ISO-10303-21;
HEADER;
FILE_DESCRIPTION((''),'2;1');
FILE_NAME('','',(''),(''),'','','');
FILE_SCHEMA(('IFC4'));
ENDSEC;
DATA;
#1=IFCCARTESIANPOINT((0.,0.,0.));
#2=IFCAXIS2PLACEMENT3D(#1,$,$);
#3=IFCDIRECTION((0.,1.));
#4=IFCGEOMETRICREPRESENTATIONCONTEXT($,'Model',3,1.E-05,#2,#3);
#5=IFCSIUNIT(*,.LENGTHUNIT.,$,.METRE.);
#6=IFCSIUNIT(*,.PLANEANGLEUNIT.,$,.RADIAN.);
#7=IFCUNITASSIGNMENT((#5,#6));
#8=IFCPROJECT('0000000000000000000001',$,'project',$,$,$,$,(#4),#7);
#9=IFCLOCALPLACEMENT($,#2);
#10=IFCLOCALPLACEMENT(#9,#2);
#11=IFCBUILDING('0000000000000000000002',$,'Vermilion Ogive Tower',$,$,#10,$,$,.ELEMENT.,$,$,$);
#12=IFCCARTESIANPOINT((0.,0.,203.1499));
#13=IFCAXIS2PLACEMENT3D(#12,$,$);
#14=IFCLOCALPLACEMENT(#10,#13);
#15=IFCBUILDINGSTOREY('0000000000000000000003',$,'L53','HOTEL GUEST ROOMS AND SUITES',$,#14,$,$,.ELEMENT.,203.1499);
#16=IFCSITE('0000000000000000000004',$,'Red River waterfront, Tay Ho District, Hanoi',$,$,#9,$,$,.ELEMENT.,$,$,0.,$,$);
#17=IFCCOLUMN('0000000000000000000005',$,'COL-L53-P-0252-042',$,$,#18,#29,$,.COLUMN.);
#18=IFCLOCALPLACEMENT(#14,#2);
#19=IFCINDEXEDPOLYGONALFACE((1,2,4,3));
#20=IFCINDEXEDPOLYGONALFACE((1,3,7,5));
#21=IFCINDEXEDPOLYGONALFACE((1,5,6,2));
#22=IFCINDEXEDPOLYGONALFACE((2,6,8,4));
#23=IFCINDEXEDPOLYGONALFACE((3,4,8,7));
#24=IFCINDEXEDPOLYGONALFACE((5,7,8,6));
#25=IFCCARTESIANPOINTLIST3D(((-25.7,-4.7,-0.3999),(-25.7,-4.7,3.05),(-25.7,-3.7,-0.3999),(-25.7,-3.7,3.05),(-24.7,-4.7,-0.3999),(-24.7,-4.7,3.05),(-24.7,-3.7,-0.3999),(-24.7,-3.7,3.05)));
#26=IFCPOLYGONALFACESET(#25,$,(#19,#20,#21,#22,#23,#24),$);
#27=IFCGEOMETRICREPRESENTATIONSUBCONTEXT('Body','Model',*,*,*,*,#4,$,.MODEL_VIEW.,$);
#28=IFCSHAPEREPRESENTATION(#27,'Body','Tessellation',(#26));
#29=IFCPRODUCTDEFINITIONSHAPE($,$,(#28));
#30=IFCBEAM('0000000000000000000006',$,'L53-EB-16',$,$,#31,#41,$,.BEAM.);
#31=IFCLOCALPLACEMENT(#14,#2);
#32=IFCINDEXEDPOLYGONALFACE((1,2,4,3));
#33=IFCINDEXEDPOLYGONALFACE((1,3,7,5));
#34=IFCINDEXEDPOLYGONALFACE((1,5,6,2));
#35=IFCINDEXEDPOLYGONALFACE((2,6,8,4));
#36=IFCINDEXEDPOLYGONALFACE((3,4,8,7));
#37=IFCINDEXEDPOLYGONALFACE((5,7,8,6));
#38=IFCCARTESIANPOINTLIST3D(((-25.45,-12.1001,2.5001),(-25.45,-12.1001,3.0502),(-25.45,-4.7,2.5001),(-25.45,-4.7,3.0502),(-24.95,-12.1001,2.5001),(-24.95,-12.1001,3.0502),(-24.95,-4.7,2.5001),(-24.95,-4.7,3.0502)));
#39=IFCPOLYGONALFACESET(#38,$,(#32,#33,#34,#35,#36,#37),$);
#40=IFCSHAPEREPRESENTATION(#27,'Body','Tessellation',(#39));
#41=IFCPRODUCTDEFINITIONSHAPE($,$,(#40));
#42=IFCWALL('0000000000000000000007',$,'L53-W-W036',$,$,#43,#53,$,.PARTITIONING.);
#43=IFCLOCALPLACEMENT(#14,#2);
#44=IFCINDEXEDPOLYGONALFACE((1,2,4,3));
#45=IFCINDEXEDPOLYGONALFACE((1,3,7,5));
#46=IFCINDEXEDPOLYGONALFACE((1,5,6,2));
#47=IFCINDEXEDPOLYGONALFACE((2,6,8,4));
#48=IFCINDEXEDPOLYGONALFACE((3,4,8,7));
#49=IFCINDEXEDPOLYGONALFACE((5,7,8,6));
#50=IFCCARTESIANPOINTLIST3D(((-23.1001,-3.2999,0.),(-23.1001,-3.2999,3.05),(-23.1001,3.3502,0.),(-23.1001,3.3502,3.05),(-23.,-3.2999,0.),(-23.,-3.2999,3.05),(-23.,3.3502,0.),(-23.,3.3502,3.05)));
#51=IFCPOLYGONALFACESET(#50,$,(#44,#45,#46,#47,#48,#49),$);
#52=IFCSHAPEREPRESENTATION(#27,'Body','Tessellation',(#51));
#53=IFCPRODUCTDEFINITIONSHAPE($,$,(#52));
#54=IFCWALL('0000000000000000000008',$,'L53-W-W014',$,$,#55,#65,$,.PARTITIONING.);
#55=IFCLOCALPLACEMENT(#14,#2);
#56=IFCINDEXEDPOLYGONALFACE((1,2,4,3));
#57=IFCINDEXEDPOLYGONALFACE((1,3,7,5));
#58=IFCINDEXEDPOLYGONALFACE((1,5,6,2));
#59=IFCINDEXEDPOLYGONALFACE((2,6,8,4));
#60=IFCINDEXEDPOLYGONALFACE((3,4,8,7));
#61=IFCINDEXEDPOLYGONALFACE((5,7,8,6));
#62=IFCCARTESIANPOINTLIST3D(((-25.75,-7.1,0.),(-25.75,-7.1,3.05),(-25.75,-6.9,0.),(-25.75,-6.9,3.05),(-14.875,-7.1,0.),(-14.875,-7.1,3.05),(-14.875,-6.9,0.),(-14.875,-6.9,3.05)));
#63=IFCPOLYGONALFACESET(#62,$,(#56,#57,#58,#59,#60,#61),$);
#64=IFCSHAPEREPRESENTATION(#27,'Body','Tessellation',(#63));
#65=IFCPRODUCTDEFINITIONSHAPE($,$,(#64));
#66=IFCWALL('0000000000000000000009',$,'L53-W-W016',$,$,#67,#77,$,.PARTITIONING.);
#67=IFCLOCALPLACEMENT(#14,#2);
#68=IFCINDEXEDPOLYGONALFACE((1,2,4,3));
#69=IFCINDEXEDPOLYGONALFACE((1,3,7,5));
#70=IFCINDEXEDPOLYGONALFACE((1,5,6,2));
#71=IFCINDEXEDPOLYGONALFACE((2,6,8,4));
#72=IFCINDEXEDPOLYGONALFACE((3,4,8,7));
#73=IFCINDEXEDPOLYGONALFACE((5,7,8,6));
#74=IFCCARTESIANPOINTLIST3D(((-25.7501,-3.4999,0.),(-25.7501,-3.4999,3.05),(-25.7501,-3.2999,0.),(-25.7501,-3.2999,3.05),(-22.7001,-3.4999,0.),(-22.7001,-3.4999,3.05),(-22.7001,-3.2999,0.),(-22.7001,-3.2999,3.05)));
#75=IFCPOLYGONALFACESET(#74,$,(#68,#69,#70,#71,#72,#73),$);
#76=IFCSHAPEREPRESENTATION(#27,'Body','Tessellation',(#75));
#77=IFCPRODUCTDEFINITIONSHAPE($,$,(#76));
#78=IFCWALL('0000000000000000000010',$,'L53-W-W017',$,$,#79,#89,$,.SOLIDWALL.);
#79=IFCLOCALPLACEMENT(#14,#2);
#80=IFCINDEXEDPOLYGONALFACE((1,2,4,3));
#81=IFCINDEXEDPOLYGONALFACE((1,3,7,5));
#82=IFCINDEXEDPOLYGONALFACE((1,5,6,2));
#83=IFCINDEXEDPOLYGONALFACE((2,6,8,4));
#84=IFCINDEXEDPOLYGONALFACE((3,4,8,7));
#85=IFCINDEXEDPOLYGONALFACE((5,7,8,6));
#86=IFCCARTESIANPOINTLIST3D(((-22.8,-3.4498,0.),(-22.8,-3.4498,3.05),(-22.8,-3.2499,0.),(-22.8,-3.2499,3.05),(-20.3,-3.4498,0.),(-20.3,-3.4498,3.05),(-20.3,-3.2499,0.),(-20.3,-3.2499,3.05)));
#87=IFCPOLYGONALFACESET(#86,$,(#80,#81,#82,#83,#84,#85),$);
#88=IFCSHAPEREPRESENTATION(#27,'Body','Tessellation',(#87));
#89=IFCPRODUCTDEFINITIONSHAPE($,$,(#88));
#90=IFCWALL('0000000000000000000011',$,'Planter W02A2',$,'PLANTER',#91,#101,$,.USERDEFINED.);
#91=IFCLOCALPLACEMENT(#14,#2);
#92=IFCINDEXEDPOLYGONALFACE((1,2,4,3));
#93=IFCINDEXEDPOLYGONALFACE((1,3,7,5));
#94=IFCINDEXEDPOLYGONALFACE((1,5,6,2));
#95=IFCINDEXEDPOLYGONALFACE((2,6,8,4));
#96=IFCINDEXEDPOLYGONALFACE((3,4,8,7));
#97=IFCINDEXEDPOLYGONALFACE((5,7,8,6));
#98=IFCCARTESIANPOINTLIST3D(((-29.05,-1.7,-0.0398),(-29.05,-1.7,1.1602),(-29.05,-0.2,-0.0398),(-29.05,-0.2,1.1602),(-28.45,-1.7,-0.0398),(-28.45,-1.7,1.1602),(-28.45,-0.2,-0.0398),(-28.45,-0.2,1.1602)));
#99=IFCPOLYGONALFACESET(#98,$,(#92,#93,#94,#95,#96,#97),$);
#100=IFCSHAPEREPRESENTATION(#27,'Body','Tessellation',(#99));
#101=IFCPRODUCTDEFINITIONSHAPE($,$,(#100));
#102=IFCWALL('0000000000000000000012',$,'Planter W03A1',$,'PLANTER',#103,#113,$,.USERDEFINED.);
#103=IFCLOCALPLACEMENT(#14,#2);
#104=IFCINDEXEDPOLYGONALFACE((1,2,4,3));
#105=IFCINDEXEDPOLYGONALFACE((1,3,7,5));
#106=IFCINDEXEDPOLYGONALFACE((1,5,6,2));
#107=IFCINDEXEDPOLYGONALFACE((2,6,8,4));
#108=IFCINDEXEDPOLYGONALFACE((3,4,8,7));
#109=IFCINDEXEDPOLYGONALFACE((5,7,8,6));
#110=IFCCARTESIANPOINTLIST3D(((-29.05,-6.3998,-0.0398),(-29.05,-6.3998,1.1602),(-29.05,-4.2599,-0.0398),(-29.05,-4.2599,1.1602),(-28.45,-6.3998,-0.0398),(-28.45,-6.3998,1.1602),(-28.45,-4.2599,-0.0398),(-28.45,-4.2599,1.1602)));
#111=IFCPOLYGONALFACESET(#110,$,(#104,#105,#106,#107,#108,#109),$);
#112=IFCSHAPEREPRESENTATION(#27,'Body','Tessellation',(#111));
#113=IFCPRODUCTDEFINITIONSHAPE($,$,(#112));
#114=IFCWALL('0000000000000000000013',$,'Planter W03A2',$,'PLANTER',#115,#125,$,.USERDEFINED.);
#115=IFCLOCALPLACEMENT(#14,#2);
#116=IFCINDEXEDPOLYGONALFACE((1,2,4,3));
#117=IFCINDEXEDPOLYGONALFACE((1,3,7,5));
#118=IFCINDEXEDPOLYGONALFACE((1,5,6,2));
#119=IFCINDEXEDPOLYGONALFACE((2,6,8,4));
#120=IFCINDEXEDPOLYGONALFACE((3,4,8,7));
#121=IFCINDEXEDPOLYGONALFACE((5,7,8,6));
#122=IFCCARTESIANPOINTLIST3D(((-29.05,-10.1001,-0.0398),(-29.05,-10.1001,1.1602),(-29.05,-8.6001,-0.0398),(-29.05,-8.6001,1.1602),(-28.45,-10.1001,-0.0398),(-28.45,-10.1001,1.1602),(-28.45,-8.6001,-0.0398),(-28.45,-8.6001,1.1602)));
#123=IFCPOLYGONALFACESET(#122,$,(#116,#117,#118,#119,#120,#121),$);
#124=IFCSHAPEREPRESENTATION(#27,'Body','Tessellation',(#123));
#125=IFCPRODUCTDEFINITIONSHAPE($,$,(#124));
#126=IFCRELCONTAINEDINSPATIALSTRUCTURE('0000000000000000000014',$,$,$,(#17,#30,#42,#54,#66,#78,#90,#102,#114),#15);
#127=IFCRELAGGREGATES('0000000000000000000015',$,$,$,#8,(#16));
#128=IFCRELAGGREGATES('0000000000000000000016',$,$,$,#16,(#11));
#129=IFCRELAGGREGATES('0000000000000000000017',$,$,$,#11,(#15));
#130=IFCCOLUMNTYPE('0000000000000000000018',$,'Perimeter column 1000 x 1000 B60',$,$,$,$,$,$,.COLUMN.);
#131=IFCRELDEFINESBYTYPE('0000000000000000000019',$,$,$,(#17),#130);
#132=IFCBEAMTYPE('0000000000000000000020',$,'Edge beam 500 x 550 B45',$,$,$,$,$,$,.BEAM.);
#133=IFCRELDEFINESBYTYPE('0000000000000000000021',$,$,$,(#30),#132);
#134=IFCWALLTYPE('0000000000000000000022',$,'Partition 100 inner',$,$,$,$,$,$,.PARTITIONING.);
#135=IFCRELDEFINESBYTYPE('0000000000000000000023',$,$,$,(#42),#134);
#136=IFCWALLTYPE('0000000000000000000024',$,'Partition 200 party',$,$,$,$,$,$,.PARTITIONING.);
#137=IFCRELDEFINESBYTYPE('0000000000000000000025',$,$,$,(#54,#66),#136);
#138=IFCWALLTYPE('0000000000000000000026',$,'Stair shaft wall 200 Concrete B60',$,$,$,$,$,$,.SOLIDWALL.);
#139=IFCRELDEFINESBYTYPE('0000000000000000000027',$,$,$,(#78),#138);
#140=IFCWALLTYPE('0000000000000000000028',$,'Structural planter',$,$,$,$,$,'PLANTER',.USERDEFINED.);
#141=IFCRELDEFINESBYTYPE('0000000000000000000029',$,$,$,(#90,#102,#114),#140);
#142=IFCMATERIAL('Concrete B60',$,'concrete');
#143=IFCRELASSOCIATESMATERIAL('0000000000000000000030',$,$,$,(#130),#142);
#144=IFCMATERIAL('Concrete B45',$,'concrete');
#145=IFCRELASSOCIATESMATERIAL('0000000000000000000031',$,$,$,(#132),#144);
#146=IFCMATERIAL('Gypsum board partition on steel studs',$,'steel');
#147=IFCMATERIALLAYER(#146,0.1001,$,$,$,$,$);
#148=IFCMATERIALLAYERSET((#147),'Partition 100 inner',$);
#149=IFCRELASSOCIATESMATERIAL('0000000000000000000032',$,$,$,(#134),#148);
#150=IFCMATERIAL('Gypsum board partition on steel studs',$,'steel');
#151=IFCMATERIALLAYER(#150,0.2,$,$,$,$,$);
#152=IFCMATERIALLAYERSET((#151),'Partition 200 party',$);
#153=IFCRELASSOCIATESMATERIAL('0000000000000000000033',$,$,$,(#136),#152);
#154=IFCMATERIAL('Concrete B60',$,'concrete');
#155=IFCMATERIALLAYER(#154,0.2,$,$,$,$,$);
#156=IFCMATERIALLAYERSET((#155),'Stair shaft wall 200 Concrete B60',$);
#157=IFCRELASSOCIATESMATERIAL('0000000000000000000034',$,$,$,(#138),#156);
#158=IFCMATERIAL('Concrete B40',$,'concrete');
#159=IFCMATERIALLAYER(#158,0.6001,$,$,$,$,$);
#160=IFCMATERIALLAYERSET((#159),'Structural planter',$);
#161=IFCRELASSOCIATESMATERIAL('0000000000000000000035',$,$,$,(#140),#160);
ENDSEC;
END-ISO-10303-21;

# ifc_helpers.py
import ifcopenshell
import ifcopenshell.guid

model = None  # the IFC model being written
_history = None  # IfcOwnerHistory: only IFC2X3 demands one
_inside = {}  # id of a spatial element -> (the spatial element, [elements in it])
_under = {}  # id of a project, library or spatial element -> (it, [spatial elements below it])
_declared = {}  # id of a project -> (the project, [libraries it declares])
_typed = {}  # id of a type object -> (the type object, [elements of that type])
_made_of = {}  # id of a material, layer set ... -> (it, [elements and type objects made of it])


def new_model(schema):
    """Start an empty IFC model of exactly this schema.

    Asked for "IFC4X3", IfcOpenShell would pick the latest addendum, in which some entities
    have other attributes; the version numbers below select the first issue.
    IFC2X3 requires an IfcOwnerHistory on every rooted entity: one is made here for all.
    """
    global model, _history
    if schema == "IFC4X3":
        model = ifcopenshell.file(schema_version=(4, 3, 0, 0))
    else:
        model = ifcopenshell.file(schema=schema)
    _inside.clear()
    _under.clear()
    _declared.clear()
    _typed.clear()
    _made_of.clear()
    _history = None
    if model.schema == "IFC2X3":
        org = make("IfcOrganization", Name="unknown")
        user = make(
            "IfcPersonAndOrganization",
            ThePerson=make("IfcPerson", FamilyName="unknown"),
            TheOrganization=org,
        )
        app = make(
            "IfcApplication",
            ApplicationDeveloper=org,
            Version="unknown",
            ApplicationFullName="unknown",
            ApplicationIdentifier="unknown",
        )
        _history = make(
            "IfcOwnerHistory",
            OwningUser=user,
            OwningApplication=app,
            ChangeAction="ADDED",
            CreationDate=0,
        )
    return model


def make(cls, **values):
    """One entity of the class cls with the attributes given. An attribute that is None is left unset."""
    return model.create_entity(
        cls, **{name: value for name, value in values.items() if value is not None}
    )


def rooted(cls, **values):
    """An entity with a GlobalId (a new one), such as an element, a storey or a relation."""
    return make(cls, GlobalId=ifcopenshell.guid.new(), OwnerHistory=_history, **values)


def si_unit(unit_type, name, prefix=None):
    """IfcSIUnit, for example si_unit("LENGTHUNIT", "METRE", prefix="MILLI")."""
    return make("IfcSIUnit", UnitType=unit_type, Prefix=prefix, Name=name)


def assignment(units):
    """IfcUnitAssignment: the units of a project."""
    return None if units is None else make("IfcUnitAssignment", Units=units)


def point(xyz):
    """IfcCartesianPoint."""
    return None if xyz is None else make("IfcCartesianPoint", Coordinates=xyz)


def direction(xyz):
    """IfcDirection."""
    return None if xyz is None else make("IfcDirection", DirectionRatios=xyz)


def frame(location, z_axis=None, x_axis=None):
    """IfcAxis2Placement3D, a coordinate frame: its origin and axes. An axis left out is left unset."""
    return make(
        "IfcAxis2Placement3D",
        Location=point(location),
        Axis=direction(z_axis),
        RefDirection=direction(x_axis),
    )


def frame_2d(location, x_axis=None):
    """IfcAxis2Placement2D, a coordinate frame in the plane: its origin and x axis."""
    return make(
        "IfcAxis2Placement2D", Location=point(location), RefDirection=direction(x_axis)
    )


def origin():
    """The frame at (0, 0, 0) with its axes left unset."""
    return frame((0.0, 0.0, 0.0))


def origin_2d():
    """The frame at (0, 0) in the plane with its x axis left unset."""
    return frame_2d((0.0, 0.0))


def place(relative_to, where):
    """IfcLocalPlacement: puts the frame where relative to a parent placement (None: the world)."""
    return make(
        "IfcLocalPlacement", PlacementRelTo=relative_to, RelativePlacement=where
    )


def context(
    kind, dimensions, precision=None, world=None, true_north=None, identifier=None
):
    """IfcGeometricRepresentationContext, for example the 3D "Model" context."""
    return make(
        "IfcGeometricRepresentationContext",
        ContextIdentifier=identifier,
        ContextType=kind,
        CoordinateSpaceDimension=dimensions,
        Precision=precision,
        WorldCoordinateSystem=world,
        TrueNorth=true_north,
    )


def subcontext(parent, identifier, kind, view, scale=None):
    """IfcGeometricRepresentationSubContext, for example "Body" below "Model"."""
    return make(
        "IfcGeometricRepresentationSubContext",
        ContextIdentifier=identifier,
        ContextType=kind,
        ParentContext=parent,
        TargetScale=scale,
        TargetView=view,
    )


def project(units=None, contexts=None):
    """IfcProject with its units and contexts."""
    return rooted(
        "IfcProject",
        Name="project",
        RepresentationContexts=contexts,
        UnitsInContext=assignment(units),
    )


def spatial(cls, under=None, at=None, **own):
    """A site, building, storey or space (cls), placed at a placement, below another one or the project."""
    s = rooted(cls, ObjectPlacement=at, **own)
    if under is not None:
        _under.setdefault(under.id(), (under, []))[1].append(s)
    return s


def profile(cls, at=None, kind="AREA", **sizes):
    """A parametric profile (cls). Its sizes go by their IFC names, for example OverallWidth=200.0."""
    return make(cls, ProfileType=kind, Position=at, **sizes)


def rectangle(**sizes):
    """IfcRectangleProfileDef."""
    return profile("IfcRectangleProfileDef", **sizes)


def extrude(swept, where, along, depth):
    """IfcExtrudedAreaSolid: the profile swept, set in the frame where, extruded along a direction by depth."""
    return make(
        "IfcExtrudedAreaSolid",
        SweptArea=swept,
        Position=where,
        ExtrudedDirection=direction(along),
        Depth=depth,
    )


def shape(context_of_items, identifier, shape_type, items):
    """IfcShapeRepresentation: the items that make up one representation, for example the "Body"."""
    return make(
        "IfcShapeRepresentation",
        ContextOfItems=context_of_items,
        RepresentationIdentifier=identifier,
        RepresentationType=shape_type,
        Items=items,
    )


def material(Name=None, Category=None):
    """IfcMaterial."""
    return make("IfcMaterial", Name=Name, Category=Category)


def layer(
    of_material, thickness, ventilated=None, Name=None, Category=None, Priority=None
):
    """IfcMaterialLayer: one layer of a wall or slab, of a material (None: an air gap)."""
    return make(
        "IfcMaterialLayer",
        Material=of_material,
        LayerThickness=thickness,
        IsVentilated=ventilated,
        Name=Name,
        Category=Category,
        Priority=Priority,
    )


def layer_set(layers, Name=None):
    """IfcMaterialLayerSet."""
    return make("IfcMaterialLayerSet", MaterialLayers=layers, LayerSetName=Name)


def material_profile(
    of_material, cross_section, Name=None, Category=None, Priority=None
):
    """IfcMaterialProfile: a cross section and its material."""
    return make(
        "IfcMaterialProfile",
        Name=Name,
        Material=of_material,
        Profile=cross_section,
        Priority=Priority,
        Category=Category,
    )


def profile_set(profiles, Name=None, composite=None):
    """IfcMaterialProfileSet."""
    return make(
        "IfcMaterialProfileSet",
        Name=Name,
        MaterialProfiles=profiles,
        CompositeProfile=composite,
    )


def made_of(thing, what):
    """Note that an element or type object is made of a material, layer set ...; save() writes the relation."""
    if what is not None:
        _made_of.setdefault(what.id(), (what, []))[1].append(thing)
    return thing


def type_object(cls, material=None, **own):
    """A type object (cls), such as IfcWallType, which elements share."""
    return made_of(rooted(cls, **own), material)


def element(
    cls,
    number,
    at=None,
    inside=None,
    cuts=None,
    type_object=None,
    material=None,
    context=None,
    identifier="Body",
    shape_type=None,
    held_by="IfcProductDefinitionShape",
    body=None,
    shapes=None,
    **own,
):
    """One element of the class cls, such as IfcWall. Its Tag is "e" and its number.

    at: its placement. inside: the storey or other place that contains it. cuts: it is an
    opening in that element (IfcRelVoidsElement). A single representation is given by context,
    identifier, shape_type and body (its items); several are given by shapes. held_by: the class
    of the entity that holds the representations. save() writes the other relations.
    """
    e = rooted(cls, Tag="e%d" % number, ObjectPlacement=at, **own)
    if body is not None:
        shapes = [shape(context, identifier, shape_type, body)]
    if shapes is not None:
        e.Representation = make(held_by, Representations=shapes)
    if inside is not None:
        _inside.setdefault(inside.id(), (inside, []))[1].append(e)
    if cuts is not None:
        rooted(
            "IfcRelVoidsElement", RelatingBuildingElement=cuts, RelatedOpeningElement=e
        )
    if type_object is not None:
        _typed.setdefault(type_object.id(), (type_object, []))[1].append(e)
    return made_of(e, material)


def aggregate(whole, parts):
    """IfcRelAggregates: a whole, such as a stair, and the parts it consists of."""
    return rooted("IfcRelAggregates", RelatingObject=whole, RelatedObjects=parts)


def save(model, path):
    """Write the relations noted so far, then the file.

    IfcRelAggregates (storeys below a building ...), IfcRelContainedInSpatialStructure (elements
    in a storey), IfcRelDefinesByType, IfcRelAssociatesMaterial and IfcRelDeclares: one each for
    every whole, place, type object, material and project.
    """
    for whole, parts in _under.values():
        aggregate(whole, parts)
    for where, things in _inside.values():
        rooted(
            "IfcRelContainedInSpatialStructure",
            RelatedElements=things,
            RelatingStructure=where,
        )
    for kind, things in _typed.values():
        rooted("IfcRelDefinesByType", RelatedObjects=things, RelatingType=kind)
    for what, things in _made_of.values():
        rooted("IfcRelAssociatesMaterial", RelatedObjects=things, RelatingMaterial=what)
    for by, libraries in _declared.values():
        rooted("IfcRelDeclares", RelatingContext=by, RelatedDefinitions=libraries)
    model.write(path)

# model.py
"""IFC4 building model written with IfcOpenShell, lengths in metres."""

from ifc_helpers import new_model, si_unit, direction, frame, frame_2d, origin, origin_2d, place, context, subcontext, project, spatial, rectangle, extrude, material, layer, layer_set, material_profile, profile_set, type_object, element, save


model = new_model("IFC4")

# Units and contexts
model_context = context("Model", 3, precision=1e-05, world=origin(), true_north=direction((0.0, 1.0)))
body_context = subcontext(model_context, "Body", "Model", "MODEL_VIEW")
ifc_project = project(units=[si_unit("LENGTHUNIT", "METRE"), si_unit("PLANEANGLEUNIT", "RADIAN")], contexts=[model_context])

# Site, building, storey
site_placement = place(None, origin())
site = spatial("IfcSite", under=ifc_project, at=site_placement, Name="Red River waterfront, Tay Ho District, Hanoi", CompositionType="ELEMENT", RefElevation=0.0)
building_placement = place(site_placement, origin())
building = spatial("IfcBuilding", under=site, at=building_placement, Name="Vermilion Ogive Tower", CompositionType="ELEMENT")
storey_placement = place(building_placement, frame((0.0, 0.0, 203.1499)))
storey = spatial("IfcBuildingStorey", under=building, at=storey_placement, Name="L53", Description="HOTEL GUEST ROOMS AND SUITES", CompositionType="ELEMENT", Elevation=203.1499)

# Column
ifc_material_1 = material(Name="Concrete B60", Category="concrete")
ifc_material_profile_1 = material_profile(ifc_material_1, rectangle(XDim=1.0, YDim=1.0, at=origin_2d()), Name="1000 x 1000")
ifc_profile_set_1 = profile_set([ifc_material_profile_1], Name="Concrete B60")
column_type = type_object("IfcColumnType", Name="Perimeter column 1000 x 1000 B60", PredefinedType="COLUMN", material=ifc_profile_set_1)
column_placement = place(storey_placement, frame((-25.2, -4.2, -0.3999), z_axis=(0.0, 0.0, 1.0), x_axis=(1.0, 0.0, 0.0)))
element("IfcColumn", 1, at=column_placement, inside=storey, type_object=column_type, Name="COL-L53-P-0252-042", PredefinedType="COLUMN", context=body_context, shape_type="SweptSolid", body=[
    extrude(rectangle(XDim=1.0, YDim=1.0, at=origin_2d()), origin(), (0.0, 0.0, 1.0), 3.45),
])

# Beam
ifc_material_2 = material(Name="Concrete B45", Category="concrete")
ifc_material_profile_2 = material_profile(ifc_material_2, rectangle(XDim=0.5, YDim=0.55, at=origin_2d()), Name="500 x 550")
ifc_profile_set_2 = profile_set([ifc_material_profile_2], Name="Concrete B45")
beam_type = type_object("IfcBeamType", Name="Edge beam 500 x 550 B45", PredefinedType="BEAM", material=ifc_profile_set_2)
beam_placement = place(storey_placement, frame((-25.2, -4.7, 2.7751), z_axis=(0.0, -1.0, 0.0), x_axis=(1.0, 0.0, 0.0)))
element("IfcBeam", 2, at=beam_placement, inside=storey, type_object=beam_type, Name="L53-EB-16", PredefinedType="BEAM", context=body_context, shape_type="SweptSolid", body=[
    extrude(rectangle(XDim=0.5, YDim=0.55, at=origin_2d()), origin(), (0.0, 0.0, 1.0), 7.4001),
])

# Walls
ifc_material_3 = material(Name="Gypsum board partition on steel studs", Category="steel")
ifc_layer_1 = layer(ifc_material_3, 0.1001)
ifc_layer_set_1 = layer_set([ifc_layer_1], Name="Partition 100 inner")
wall_type_1 = type_object("IfcWallType", Name="Partition 100 inner", PredefinedType="PARTITIONING", material=ifc_layer_set_1)
wall_1_placement = place(storey_placement, frame((-23.05, -3.3, 0.0), z_axis=(0.0, 0.0, 1.0), x_axis=(0.0, 1.0, 0.0)))
element("IfcWall", 3, at=wall_1_placement, inside=storey, type_object=wall_type_1, Name="L53-W-W036", PredefinedType="PARTITIONING", context=body_context, shape_type="SweptSolid", body=[
    extrude(rectangle(XDim=6.6501, YDim=0.1001, at=frame_2d((3.3252, 0.0))), origin(), (0.0, 0.0, 1.0), 3.05),
])
ifc_material_4 = material(Name="Gypsum board partition on steel studs", Category="steel")
ifc_layer_2 = layer(ifc_material_4, 0.2)
ifc_layer_set_2 = layer_set([ifc_layer_2], Name="Partition 200 party")
wall_type_2 = type_object("IfcWallType", Name="Partition 200 party", PredefinedType="PARTITIONING", material=ifc_layer_set_2)
wall_2_placement = place(storey_placement, frame((-25.75, -7.0, 0.0), z_axis=(0.0, 0.0, 1.0), x_axis=(1.0, 0.0, 0.0)))
element("IfcWall", 4, at=wall_2_placement, inside=storey, type_object=wall_type_2, Name="L53-W-W014", PredefinedType="PARTITIONING", context=body_context, shape_type="SweptSolid", body=[
    extrude(rectangle(XDim=10.875, YDim=0.2, at=frame_2d((5.4375, 0.0))), origin(), (0.0, 0.0, 1.0), 3.05),
])
wall_3_placement = place(storey_placement, frame((-25.75, -3.3999, 0.0), z_axis=(0.0, 0.0, 1.0), x_axis=(1.0, 0.0, 0.0)))
element("IfcWall", 5, at=wall_3_placement, inside=storey, type_object=wall_type_2, Name="L53-W-W016", PredefinedType="PARTITIONING", context=body_context, shape_type="SweptSolid", body=[
    extrude(rectangle(XDim=3.05, YDim=0.2, at=frame_2d((1.5249, 0.0))), origin(), (0.0, 0.0, 1.0), 3.05),
])
ifc_material_5 = material(Name="Concrete B60", Category="concrete")
ifc_layer_3 = layer(ifc_material_5, 0.2)
ifc_layer_set_3 = layer_set([ifc_layer_3], Name="Stair shaft wall 200 Concrete B60")
wall_type_3 = type_object("IfcWallType", Name="Stair shaft wall 200 Concrete B60", PredefinedType="SOLIDWALL", material=ifc_layer_set_3)
wall_4_placement = place(storey_placement, frame((-22.8, -3.3499, 0.0), z_axis=(0.0, 0.0, 1.0), x_axis=(1.0, 0.0, 0.0)))
element("IfcWall", 6, at=wall_4_placement, inside=storey, type_object=wall_type_3, Name="L53-W-W017", PredefinedType="SOLIDWALL", context=body_context, shape_type="SweptSolid", body=[
    extrude(rectangle(XDim=2.5, YDim=0.2, at=frame_2d((1.25, 0.0))), origin(), (0.0, 0.0, 1.0), 3.05),
])
ifc_material_6 = material(Name="Concrete B40", Category="concrete")
ifc_layer_4 = layer(ifc_material_6, 0.6001)
ifc_layer_set_4 = layer_set([ifc_layer_4], Name="Structural planter")
wall_type_4 = type_object("IfcWallType", Name="Structural planter", ElementType="PLANTER", PredefinedType="USERDEFINED", material=ifc_layer_set_4)
wall_5_placement = place(storey_placement, frame((-28.75, -0.2, -0.0398), z_axis=(0.0, 0.0, 1.0), x_axis=(0.0, -1.0, 0.0)))
element("IfcWall", 7, at=wall_5_placement, inside=storey, type_object=wall_type_4, Name="Planter W02A2", ObjectType="PLANTER", PredefinedType="USERDEFINED", context=body_context, shape_type="SweptSolid", body=[
    extrude(rectangle(XDim=1.5, YDim=0.6001, at=frame_2d((0.75, 0.0))), origin(), (0.0, 0.0, 1.0), 1.2),
])
wall_6_placement = place(storey_placement, frame((-28.75, -4.26, -0.0398), z_axis=(0.0, 0.0, 1.0), x_axis=(0.0, -1.0, 0.0)))
element("IfcWall", 8, at=wall_6_placement, inside=storey, type_object=wall_type_4, Name="Planter W03A1", ObjectType="PLANTER", PredefinedType="USERDEFINED", context=body_context, shape_type="SweptSolid", body=[
    extrude(rectangle(XDim=2.1399, YDim=0.6001, at=frame_2d((1.0698, 0.0))), origin(), (0.0, 0.0, 1.0), 1.2),
])
wall_7_placement = place(storey_placement, frame((-28.75, -8.6001, -0.0398), z_axis=(0.0, 0.0, 1.0), x_axis=(0.0, -1.0, 0.0)))
element("IfcWall", 9, at=wall_7_placement, inside=storey, type_object=wall_type_4, Name="Planter W03A2", ObjectType="PLANTER", PredefinedType="USERDEFINED", context=body_context, shape_type="SweptSolid", body=[
    extrude(rectangle(XDim=1.5, YDim=0.6001, at=frame_2d((0.75, 0.0))), origin(), (0.0, 0.0, 1.0), 1.2),
])

save(model, "model.ifc")
